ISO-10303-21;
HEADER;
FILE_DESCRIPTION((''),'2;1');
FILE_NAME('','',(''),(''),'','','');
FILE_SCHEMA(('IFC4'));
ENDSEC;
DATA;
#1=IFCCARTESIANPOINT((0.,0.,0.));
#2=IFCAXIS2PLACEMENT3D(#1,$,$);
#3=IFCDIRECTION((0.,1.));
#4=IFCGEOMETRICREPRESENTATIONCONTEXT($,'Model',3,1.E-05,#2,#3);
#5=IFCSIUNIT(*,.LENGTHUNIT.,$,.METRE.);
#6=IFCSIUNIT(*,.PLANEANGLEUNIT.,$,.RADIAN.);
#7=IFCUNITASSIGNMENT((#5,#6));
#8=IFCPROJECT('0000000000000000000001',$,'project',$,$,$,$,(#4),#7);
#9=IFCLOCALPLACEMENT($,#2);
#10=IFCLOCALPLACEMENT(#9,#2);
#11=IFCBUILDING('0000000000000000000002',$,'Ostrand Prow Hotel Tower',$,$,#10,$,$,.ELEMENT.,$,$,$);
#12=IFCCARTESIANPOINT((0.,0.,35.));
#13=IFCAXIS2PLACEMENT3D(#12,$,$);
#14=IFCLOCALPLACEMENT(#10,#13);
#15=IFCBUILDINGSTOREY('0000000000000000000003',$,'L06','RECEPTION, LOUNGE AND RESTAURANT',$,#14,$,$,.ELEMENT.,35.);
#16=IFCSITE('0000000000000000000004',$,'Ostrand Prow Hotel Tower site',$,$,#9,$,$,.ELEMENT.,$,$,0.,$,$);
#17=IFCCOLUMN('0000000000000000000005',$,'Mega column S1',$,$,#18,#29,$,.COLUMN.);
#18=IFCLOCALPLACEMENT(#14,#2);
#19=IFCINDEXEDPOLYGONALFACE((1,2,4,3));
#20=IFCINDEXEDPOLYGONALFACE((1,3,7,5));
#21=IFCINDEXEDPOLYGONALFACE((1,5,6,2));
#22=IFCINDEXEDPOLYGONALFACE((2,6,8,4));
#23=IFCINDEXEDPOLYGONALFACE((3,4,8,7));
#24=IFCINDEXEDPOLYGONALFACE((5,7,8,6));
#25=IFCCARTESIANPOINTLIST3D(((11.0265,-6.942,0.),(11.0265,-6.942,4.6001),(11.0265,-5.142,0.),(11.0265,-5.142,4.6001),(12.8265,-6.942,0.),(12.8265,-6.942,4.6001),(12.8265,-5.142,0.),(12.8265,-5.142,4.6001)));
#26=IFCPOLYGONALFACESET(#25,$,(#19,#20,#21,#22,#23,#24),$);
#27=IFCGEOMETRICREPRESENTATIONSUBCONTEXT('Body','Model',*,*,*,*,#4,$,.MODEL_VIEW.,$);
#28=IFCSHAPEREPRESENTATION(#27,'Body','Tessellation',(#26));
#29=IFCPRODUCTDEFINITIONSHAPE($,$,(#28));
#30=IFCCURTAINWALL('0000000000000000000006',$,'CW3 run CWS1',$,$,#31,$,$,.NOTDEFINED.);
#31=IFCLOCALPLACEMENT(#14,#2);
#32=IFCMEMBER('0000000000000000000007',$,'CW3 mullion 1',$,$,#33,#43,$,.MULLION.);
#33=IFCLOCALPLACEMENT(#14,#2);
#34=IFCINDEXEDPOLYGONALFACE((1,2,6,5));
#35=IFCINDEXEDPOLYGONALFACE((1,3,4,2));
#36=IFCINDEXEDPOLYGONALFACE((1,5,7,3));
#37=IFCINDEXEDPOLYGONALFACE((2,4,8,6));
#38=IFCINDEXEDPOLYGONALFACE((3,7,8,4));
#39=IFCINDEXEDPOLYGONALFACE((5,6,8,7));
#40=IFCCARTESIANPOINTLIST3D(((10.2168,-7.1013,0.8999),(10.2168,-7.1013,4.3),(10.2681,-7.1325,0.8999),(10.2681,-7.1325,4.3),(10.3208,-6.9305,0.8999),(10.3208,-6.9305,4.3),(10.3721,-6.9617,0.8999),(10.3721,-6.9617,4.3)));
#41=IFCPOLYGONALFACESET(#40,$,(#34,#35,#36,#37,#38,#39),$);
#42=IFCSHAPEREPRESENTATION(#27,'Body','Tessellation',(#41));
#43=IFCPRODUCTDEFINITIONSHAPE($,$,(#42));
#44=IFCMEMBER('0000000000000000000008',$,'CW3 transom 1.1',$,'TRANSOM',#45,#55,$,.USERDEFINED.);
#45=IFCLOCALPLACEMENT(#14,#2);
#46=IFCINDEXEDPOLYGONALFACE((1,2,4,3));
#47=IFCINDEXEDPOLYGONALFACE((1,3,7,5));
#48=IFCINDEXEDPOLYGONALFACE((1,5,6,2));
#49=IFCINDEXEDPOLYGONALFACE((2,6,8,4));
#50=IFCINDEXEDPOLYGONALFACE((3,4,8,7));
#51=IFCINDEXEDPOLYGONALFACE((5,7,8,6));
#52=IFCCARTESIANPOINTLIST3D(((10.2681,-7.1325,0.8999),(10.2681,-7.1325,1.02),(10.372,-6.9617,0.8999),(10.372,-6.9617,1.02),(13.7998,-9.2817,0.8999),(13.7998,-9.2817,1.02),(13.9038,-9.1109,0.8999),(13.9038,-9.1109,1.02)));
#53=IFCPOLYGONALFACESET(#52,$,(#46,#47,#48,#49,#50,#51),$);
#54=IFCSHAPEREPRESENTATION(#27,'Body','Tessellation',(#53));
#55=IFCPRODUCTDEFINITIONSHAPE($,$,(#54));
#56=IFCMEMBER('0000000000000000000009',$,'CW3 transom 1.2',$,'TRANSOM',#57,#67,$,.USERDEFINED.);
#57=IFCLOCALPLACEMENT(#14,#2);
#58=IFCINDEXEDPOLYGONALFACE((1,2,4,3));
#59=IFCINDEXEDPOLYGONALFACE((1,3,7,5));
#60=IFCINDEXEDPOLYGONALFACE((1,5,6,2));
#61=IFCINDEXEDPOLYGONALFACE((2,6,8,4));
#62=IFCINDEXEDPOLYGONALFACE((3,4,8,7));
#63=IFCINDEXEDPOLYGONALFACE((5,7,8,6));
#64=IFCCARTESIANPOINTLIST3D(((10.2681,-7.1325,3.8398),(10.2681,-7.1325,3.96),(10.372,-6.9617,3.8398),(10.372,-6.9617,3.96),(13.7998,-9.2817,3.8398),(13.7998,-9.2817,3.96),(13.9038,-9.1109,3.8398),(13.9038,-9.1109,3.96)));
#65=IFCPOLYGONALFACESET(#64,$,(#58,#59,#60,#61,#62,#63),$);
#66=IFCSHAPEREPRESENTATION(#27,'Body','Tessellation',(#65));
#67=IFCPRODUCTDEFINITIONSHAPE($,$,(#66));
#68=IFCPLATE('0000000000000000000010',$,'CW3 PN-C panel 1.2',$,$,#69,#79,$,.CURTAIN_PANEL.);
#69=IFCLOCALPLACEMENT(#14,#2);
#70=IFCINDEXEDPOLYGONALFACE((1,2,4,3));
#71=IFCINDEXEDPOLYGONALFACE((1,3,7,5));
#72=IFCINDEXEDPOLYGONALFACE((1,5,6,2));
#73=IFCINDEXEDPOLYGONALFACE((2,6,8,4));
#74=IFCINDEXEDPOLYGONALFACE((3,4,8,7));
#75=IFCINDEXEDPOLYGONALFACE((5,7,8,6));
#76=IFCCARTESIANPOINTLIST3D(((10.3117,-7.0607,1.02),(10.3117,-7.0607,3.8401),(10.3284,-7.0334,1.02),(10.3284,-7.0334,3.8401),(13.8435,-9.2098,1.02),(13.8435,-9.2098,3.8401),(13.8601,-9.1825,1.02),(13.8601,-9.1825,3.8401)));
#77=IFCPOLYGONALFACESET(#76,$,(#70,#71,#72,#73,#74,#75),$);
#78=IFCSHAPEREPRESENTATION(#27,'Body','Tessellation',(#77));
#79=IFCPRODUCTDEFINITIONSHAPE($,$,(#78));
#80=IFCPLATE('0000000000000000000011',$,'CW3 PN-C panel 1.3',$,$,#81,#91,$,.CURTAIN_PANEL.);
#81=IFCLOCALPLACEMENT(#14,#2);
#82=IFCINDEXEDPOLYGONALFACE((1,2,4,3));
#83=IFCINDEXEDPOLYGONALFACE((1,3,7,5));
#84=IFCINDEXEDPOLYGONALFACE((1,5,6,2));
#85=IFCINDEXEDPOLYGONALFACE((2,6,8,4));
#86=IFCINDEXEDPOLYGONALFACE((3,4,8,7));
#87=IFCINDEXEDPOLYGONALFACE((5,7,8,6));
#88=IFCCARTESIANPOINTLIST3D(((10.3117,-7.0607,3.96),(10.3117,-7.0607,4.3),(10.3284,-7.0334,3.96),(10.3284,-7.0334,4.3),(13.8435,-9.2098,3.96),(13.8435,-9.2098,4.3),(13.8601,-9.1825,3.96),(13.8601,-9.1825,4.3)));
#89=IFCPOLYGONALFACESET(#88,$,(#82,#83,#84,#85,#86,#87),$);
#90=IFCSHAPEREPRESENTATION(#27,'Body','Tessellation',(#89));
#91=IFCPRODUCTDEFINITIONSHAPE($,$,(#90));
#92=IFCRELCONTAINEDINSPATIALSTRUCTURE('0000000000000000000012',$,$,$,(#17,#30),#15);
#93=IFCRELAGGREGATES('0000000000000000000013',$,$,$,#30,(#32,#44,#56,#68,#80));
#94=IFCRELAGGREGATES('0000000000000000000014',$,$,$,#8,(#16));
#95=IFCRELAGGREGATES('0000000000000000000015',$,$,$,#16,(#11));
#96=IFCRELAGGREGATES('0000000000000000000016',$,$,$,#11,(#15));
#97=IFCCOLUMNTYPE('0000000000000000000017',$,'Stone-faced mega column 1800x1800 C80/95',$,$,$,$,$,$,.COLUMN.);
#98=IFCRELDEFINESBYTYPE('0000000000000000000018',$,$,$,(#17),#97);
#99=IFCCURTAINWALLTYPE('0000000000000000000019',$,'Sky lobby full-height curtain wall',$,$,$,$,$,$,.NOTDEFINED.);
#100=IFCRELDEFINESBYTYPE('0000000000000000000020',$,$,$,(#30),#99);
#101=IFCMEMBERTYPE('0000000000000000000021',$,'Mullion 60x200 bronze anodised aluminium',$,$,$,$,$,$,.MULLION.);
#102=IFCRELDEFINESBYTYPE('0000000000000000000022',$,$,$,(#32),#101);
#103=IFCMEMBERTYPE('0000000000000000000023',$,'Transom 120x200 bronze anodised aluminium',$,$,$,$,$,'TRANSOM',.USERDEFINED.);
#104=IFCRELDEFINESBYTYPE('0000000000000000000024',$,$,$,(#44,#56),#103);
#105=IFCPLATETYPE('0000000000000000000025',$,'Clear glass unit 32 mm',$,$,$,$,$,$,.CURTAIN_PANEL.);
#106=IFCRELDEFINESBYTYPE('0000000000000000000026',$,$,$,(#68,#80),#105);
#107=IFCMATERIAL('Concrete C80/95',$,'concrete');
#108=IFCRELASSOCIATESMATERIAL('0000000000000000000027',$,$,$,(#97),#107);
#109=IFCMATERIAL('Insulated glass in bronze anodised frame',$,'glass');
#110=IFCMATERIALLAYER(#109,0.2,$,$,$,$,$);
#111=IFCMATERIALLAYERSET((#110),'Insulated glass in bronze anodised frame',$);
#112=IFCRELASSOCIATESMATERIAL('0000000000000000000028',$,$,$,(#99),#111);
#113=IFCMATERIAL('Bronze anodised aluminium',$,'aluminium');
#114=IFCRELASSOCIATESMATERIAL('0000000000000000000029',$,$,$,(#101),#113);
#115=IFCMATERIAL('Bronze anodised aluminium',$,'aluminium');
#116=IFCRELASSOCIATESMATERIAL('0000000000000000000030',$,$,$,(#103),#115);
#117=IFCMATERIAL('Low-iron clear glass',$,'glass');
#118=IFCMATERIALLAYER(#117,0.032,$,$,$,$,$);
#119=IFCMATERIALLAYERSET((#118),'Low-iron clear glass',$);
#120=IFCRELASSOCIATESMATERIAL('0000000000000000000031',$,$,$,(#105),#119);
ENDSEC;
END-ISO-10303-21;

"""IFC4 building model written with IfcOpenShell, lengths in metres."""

from ifc_helpers import new_model, si_unit, direction, frame, origin, origin_2d, place, context, subcontext, project, spatial, rectangle, extrude, material, layer, layer_set, material_profile, profile_set, type_object, element, aggregate, save


model = new_model("IFC4")

# Units and contexts
model_context = context("Model", 3, precision=1e-05, world=origin(), true_north=direction((0.0, 1.0)))
body_context = subcontext(model_context, "Body", "Model", "MODEL_VIEW")
ifc_project = project(units=[si_unit("LENGTHUNIT", "METRE"), si_unit("PLANEANGLEUNIT", "RADIAN")], contexts=[model_context])

# Site, building, storey
site_placement = place(None, origin())
site = spatial("IfcSite", under=ifc_project, at=site_placement, Name="Ostrand Prow Hotel Tower site", CompositionType="ELEMENT", RefElevation=0.0)
building_placement = place(site_placement, origin())
building = spatial("IfcBuilding", under=site, at=building_placement, Name="Ostrand Prow Hotel Tower", CompositionType="ELEMENT")
storey_placement = place(building_placement, frame((0.0, 0.0, 35.0)))
storey = spatial("IfcBuildingStorey", under=building, at=storey_placement, Name="L06", Description="RECEPTION, LOUNGE AND RESTAURANT", CompositionType="ELEMENT", Elevation=35.0)

# Column
ifc_material_1 = material(Name="Concrete C80/95", Category="concrete")
ifc_material_profile_1 = material_profile(ifc_material_1, rectangle(XDim=1.8, YDim=1.8, at=origin_2d()), Name="RC 1800x1800")
ifc_profile_set_1 = profile_set([ifc_material_profile_1], Name="Concrete C80/95")
column_type = type_object("IfcColumnType", Name="Stone-faced mega column 1800x1800 C80/95", PredefinedType="COLUMN", material=ifc_profile_set_1)
column_placement = place(storey_placement, frame((11.9265, -6.042, 0.0), z_axis=(0.0, 0.0, 1.0), x_axis=(1.0, 0.0, 0.0)))
element("IfcColumn", 1, at=column_placement, inside=storey, type_object=column_type, Name="Mega column S1", PredefinedType="COLUMN", context=body_context, shape_type="SweptSolid", body=[
    extrude(rectangle(XDim=1.8, YDim=1.8, at=origin_2d()), origin(), (0.0, 0.0, 1.0), 4.6001),
])

# Curtain wall, members, plates
ifc_material_2 = material(Name="Insulated glass in bronze anodised frame", Category="glass")
ifc_layer_1 = layer(ifc_material_2, 0.2)
ifc_layer_set_1 = layer_set([ifc_layer_1], Name="Insulated glass in bronze anodised frame")
curtain_wall_type = type_object("IfcCurtainWallType", Name="Sky lobby full-height curtain wall", PredefinedType="NOTDEFINED", material=ifc_layer_set_1)
curtain_wall_placement = place(storey_placement, origin())
curtain_wall = element("IfcCurtainWall", 2, at=curtain_wall_placement, inside=storey, type_object=curtain_wall_type, Name="CW3 run CWS1", PredefinedType="NOTDEFINED")
ifc_material_3 = material(Name="Bronze anodised aluminium", Category="aluminium")
ifc_material_profile_2 = material_profile(ifc_material_3, rectangle(XDim=0.2, YDim=0.0601, at=origin_2d()), Name="Mullion 60x200 bronze anodised aluminium")
ifc_profile_set_2 = profile_set([ifc_material_profile_2], Name="Bronze anodised aluminium")
member_type_1 = type_object("IfcMemberType", Name="Mullion 60x200 bronze anodised aluminium", PredefinedType="MULLION", material=ifc_profile_set_2)
member_1_placement = place(storey_placement, frame((10.2944, -7.0315, 0.8999), z_axis=(0.0, 0.0, 1.0), x_axis=(0.519831, 0.854269, 0.0)))
member_1 = element("IfcMember", 3, at=member_1_placement, type_object=member_type_1, Name="CW3 mullion 1", PredefinedType="MULLION", context=body_context, shape_type="SweptSolid", body=[
    extrude(rectangle(XDim=0.2, YDim=0.0601, at=origin_2d()), origin(), (0.0, 0.0, 1.0), 3.4001),
])
ifc_material_4 = material(Name="Bronze anodised aluminium", Category="aluminium")
ifc_material_profile_3 = material_profile(ifc_material_4, rectangle(XDim=0.2, YDim=0.1201, at=origin_2d()), Name="Transom 120x200 bronze anodised aluminium")
ifc_profile_set_3 = profile_set([ifc_material_profile_3], Name="Bronze anodised aluminium")
member_type_2 = type_object("IfcMemberType", Name="Transom 120x200 bronze anodised aluminium", ElementType="TRANSOM", PredefinedType="USERDEFINED", material=ifc_profile_set_3)
member_2_placement = place(storey_placement, frame((10.3201, -7.0471, 0.96), z_axis=(0.854261, -0.519844, 0.0), x_axis=(0.519844, 0.854261, 0.0)))
member_2 = element("IfcMember", 4, at=member_2_placement, type_object=member_type_2, Name="CW3 transom 1.1", ObjectType="TRANSOM", PredefinedType="USERDEFINED", context=body_context, shape_type="SweptSolid", body=[
    extrude(rectangle(XDim=0.2, YDim=0.1201, at=origin_2d()), origin(), (0.0, 0.0, 1.0), 4.1343),
])
member_3_placement = place(storey_placement, frame((10.3201, -7.0471, 3.8999), z_axis=(0.854261, -0.519844, 0.0), x_axis=(0.519844, 0.854261, 0.0)))
member_3 = element("IfcMember", 5, at=member_3_placement, type_object=member_type_2, Name="CW3 transom 1.2", ObjectType="TRANSOM", PredefinedType="USERDEFINED", context=body_context, shape_type="SweptSolid", body=[
    extrude(rectangle(XDim=0.2, YDim=0.1201, at=origin_2d()), origin(), (0.0, 0.0, 1.0), 4.1343),
])
ifc_material_5 = material(Name="Low-iron clear glass", Category="glass")
ifc_layer_2 = layer(ifc_material_5, 0.032)
ifc_layer_set_2 = layer_set([ifc_layer_2], Name="Low-iron clear glass")
plate_type = type_object("IfcPlateType", Name="Clear glass unit 32 mm", PredefinedType="CURTAIN_PANEL", material=ifc_layer_set_2)
plate_1_placement = place(storey_placement, frame((12.0859, -8.1216, 1.02), z_axis=(0.0, 0.0, 1.0), x_axis=(0.854269, -0.519831, 0.0)))
plate_1 = element("IfcPlate", 6, at=plate_1_placement, type_object=plate_type, Name="CW3 PN-C panel 1.2", PredefinedType="CURTAIN_PANEL", context=body_context, shape_type="SweptSolid", body=[
    extrude(rectangle(XDim=4.1343, YDim=0.032, at=origin_2d()), origin(), (0.0, 0.0, 1.0), 2.8201),
])
plate_2_placement = place(storey_placement, frame((12.0859, -8.1216, 3.96), z_axis=(0.0, 0.0, 1.0), x_axis=(0.854269, -0.519831, 0.0)))
plate_2 = element("IfcPlate", 7, at=plate_2_placement, type_object=plate_type, Name="CW3 PN-C panel 1.3", PredefinedType="CURTAIN_PANEL", context=body_context, shape_type="SweptSolid", body=[
    extrude(rectangle(XDim=4.1343, YDim=0.032, at=origin_2d()), origin(), (0.0, 0.0, 1.0), 0.3401),
])
aggregate(curtain_wall, [member_1, member_2, member_3, plate_1, plate_2])

save(model, "model.ifc")
